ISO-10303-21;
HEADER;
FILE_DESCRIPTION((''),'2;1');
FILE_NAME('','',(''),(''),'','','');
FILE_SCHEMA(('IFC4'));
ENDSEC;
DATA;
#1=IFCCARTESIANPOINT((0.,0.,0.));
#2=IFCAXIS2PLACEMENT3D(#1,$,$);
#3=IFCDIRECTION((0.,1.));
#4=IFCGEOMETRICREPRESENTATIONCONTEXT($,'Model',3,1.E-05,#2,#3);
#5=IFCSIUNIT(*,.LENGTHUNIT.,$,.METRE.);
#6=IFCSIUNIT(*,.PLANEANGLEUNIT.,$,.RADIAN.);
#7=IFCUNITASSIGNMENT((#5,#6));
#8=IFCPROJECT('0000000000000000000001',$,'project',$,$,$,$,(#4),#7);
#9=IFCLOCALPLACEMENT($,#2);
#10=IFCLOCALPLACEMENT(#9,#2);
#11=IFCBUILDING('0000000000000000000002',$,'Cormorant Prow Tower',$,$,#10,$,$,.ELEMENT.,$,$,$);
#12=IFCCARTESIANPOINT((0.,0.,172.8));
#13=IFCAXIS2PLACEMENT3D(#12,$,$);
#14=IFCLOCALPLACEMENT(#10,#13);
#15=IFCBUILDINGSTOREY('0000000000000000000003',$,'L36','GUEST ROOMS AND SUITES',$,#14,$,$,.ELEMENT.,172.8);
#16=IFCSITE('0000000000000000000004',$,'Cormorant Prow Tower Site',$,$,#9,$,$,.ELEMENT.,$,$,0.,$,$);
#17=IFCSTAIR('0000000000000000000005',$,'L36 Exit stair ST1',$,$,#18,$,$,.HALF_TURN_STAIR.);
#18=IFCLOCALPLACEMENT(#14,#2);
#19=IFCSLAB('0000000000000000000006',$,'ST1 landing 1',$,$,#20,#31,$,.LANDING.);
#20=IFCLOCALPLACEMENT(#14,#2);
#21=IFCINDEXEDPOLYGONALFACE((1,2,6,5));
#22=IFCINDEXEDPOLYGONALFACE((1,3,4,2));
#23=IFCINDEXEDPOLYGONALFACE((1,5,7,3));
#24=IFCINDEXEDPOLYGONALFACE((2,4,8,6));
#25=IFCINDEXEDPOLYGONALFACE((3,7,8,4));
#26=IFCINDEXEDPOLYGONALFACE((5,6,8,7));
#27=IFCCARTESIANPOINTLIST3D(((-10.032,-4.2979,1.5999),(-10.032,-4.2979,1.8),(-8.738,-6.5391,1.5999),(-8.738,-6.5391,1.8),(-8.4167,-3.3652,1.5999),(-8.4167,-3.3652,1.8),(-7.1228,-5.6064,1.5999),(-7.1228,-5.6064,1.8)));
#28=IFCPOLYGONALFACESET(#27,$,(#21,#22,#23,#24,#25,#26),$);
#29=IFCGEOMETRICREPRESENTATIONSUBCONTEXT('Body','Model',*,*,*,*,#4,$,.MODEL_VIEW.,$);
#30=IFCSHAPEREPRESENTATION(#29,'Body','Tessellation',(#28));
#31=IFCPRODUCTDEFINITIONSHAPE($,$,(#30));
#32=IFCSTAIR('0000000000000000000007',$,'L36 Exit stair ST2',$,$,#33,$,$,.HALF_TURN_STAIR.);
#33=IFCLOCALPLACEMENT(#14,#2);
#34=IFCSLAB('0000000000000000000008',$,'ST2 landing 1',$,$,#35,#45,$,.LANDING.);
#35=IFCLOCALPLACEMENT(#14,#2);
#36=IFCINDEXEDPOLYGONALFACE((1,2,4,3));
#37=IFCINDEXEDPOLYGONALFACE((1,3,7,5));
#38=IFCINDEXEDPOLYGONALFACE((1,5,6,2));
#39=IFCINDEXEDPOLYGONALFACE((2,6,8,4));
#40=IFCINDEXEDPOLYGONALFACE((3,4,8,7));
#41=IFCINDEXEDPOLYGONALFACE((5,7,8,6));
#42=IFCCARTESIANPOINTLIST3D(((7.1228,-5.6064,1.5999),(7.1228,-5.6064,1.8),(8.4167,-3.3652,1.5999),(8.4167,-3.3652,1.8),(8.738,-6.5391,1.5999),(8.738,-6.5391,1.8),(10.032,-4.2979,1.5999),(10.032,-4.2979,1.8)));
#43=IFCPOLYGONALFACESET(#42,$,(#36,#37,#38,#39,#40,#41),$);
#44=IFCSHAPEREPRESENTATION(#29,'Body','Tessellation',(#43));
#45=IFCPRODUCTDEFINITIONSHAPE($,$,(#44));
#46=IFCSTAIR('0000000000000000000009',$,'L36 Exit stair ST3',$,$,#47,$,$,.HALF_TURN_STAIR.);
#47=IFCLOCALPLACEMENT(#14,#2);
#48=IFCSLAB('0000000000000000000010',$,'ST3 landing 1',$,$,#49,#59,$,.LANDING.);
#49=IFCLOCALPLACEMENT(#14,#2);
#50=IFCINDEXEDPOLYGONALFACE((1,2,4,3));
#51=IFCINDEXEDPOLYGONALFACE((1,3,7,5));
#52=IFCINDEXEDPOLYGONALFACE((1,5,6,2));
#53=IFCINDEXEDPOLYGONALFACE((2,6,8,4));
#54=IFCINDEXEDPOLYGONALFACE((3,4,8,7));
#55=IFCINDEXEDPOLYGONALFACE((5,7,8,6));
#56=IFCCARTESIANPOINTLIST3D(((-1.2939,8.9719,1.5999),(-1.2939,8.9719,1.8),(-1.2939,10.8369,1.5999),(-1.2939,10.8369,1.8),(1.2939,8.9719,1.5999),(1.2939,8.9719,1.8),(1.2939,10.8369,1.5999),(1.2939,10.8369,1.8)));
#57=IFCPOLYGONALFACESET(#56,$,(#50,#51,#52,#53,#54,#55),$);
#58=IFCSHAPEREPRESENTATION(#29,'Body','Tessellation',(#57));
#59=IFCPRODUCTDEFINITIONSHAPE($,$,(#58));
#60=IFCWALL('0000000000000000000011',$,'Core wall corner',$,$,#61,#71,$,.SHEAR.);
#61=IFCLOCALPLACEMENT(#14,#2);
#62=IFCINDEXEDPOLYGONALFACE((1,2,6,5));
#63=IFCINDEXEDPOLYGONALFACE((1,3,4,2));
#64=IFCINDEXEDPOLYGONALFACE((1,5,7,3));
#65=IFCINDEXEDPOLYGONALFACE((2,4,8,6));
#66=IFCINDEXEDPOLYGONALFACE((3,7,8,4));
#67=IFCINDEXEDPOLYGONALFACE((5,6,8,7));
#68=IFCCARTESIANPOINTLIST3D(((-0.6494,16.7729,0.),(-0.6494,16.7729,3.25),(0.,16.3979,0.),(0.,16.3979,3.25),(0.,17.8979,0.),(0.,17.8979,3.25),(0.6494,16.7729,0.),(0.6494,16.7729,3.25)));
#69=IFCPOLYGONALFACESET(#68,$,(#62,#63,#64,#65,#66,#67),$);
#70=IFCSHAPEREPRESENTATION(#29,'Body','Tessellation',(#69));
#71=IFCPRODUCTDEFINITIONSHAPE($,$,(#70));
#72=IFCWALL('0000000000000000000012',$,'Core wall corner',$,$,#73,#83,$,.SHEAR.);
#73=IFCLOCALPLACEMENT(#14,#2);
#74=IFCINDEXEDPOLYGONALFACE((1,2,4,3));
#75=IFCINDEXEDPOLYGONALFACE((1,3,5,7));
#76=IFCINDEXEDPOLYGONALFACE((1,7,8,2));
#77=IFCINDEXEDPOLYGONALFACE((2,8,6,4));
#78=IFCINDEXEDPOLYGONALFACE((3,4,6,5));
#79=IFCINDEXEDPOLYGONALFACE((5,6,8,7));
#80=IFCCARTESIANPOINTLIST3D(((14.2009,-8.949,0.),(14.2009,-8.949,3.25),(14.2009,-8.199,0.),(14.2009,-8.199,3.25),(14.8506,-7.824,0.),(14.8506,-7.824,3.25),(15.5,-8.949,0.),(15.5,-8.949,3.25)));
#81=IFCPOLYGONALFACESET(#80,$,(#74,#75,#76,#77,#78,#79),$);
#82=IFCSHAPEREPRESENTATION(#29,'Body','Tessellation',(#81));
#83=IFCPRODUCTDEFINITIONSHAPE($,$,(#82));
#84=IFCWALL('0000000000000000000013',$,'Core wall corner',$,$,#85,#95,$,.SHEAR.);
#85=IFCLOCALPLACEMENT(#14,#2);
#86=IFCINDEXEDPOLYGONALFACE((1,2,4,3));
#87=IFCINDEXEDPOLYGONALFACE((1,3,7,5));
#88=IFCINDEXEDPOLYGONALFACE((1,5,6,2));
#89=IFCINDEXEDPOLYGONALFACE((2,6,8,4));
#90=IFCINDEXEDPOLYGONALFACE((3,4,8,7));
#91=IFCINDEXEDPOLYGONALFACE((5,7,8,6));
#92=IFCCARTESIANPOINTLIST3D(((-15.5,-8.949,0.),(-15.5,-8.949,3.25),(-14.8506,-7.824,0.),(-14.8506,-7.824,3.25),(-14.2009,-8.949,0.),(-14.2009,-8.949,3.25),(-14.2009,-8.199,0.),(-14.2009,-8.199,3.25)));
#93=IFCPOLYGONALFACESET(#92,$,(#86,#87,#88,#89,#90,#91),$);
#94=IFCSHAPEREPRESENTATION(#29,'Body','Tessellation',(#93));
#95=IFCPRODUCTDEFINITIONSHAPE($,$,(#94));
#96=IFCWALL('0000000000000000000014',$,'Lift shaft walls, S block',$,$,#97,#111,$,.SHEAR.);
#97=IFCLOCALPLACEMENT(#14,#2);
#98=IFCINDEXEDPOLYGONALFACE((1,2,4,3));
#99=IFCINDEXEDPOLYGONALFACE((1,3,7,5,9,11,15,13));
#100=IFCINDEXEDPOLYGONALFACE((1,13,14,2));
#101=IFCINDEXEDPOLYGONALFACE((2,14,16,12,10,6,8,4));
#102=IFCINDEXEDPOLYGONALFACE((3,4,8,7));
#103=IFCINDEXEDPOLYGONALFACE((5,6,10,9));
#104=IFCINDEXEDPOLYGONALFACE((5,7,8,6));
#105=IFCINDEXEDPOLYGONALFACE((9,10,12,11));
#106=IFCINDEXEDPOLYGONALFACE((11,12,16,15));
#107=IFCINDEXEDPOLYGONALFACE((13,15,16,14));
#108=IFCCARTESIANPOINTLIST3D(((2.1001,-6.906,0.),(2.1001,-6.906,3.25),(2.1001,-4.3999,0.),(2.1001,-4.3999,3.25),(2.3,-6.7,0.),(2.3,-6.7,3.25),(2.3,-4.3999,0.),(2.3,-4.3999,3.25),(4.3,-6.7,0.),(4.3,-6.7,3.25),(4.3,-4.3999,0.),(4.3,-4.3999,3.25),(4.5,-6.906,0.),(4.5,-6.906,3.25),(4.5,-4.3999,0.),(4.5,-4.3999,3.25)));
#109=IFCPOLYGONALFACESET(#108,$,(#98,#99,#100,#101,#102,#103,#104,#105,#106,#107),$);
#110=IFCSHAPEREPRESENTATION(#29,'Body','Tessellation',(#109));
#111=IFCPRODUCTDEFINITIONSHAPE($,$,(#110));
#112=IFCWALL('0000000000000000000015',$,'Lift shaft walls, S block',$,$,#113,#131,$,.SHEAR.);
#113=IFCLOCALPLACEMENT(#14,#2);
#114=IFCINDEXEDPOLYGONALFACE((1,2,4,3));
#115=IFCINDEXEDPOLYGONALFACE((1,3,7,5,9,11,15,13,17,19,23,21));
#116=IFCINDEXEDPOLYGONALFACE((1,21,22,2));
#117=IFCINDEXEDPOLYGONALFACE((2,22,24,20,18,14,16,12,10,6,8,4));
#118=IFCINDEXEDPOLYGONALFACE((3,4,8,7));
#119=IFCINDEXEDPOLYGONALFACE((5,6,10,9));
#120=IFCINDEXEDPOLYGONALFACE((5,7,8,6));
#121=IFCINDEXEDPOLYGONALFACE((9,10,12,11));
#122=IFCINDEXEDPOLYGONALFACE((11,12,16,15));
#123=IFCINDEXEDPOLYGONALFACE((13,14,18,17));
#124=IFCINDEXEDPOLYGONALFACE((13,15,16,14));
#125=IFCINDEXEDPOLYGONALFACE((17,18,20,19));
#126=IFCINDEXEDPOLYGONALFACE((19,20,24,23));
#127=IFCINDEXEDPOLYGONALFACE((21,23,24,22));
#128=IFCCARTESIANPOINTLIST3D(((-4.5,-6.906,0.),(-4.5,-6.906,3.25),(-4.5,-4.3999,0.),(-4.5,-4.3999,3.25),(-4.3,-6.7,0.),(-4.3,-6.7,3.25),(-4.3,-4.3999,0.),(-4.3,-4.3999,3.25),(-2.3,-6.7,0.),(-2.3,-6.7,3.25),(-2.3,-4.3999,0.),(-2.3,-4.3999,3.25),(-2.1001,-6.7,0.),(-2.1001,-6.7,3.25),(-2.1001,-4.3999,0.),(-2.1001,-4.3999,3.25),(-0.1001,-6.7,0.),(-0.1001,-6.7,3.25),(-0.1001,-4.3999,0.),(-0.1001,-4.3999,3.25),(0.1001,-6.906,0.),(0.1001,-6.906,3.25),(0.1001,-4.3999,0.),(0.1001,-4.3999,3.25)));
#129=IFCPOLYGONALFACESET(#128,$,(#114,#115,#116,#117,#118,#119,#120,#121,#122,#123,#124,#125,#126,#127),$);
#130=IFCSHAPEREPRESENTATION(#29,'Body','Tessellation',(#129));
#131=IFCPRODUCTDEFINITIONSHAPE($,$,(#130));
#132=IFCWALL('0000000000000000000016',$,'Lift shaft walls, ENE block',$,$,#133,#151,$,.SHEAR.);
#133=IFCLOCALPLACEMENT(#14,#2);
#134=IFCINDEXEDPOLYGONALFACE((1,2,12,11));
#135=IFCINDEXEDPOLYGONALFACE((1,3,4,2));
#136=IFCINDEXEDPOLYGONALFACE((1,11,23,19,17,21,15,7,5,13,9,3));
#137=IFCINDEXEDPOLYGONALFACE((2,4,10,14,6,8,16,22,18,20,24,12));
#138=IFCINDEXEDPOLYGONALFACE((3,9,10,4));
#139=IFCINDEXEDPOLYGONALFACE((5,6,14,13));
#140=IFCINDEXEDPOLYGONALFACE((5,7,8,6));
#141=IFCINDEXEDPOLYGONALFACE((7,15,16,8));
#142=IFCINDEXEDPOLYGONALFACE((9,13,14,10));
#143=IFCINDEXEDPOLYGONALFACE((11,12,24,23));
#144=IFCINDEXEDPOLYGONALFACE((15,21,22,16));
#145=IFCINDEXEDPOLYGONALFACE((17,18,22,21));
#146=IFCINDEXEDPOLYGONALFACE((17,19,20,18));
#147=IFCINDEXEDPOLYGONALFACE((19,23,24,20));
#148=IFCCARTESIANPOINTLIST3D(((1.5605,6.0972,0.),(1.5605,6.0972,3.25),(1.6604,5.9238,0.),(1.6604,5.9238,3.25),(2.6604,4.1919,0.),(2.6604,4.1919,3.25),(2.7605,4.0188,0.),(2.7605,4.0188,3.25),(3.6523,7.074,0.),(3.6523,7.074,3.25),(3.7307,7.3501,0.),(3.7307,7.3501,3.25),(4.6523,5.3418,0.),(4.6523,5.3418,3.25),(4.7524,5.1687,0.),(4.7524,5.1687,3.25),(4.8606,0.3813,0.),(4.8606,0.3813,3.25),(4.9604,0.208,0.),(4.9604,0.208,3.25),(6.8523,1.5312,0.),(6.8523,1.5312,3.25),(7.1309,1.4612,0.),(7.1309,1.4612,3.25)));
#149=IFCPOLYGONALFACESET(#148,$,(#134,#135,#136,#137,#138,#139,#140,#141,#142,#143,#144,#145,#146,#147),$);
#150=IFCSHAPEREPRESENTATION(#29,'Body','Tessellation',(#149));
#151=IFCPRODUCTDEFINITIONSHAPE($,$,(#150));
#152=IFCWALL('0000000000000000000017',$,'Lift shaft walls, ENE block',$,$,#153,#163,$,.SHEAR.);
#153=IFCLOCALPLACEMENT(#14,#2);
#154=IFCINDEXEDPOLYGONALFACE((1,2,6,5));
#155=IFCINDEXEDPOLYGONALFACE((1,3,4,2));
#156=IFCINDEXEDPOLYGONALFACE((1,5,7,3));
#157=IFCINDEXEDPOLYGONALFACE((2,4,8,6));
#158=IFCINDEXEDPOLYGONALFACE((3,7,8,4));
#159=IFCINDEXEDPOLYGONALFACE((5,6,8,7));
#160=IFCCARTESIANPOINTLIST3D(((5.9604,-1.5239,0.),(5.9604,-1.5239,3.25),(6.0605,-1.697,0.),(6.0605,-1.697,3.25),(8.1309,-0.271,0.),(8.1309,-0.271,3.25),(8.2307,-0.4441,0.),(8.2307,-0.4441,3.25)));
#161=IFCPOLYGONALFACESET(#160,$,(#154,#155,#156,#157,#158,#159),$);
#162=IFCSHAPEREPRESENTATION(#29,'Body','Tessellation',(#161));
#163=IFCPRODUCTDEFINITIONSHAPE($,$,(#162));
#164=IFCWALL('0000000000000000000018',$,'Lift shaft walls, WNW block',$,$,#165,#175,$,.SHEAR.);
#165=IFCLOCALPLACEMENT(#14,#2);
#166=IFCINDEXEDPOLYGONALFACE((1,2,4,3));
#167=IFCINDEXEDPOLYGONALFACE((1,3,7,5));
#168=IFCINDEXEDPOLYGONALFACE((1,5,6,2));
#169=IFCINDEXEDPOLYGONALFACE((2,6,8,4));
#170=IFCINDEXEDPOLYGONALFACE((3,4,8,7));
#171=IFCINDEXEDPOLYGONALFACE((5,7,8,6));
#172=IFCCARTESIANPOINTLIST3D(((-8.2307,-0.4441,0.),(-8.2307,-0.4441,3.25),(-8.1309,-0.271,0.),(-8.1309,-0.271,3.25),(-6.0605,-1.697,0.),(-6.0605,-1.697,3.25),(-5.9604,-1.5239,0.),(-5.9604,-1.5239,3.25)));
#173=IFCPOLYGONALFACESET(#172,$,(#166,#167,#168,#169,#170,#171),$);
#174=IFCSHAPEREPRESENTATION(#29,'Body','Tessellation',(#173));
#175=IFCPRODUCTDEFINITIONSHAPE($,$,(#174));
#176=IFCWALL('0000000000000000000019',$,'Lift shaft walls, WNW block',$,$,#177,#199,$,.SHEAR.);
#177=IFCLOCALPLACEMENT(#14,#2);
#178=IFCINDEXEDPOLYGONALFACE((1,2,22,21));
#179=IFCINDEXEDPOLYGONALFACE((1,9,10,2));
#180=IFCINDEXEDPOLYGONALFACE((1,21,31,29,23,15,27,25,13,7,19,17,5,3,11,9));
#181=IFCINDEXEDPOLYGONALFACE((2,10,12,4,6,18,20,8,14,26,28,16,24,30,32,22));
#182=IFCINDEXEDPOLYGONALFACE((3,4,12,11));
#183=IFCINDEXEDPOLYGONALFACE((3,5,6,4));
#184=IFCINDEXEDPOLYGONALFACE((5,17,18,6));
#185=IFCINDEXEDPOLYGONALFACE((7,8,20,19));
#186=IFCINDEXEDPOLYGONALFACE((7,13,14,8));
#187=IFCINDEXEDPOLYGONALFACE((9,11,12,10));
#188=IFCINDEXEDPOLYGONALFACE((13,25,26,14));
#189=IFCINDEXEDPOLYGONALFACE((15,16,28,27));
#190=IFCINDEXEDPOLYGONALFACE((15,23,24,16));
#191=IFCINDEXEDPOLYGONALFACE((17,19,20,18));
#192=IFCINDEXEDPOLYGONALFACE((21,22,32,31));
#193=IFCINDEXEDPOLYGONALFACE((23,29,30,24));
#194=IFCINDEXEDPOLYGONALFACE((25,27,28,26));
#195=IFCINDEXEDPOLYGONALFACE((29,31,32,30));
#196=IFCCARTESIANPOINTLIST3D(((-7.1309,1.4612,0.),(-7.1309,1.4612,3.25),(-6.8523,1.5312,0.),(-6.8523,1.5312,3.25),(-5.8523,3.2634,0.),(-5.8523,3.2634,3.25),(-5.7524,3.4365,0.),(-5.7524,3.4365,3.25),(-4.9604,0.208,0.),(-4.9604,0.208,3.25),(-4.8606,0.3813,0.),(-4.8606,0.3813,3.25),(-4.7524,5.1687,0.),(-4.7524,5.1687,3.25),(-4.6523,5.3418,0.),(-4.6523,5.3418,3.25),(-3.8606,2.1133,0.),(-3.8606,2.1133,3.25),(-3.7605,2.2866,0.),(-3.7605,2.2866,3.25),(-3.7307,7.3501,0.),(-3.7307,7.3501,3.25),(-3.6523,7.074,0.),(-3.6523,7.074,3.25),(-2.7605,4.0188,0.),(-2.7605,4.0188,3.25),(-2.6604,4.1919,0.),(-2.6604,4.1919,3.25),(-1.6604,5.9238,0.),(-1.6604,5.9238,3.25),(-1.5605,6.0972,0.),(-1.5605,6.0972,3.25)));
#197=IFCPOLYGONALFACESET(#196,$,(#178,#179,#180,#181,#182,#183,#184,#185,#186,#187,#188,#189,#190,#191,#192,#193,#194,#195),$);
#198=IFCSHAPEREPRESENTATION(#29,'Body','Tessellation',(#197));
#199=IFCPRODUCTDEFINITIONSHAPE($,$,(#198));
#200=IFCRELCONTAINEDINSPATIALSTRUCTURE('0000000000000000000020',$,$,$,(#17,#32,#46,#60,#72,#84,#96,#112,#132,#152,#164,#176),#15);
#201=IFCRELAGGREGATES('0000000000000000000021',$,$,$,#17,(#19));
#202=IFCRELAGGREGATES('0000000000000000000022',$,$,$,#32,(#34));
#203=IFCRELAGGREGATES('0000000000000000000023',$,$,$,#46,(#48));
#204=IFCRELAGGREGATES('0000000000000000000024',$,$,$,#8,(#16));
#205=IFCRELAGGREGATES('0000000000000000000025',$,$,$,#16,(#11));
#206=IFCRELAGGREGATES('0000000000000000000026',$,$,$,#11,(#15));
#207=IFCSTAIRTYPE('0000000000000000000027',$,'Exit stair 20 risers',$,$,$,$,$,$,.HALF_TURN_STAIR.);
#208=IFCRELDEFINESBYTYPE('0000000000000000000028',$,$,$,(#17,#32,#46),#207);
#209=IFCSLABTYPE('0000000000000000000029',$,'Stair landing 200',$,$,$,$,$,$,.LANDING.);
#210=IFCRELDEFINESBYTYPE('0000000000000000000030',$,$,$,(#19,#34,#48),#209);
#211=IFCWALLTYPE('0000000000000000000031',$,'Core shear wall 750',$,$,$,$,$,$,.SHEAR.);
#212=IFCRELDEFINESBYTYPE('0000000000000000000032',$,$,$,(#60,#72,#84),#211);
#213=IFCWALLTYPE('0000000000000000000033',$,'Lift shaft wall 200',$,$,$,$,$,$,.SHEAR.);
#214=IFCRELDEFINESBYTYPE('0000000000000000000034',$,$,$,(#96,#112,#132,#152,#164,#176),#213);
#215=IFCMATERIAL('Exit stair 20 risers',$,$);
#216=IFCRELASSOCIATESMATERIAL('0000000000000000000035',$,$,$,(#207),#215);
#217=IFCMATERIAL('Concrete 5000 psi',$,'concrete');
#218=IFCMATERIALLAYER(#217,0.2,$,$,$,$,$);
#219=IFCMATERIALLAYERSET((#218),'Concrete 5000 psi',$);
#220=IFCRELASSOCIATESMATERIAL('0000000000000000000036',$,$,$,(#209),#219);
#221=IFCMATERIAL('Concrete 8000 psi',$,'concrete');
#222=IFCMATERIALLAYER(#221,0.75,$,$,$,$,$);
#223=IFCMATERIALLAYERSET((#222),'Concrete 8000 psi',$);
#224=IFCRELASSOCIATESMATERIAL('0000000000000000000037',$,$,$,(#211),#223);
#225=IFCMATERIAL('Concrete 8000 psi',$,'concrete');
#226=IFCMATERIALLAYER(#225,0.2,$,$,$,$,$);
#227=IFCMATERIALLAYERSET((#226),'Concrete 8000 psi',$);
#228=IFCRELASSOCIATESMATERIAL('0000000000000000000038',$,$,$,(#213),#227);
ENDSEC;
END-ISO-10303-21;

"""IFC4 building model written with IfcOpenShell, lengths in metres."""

from ifc_helpers import new_model, si_unit, direction, frame, origin, place, context, subcontext, project, spatial, polyline, outline, extrude, material, layer, layer_set, type_object, element, aggregate, save


model = new_model("IFC4")

# Units and contexts
model_context = context("Model", 3, precision=1e-05, world=origin(), true_north=direction((0.0, 1.0)))
body_context = subcontext(model_context, "Body", "Model", "MODEL_VIEW")
ifc_project = project(units=[si_unit("LENGTHUNIT", "METRE"), si_unit("PLANEANGLEUNIT", "RADIAN")], contexts=[model_context])

# Site, building, storey
site_placement = place(None, origin())
site = spatial("IfcSite", under=ifc_project, at=site_placement, Name="Cormorant Prow Tower Site", CompositionType="ELEMENT", RefElevation=0.0)
building_placement = place(site_placement, origin())
building = spatial("IfcBuilding", under=site, at=building_placement, Name="Cormorant Prow Tower", CompositionType="ELEMENT")
storey_placement = place(building_placement, frame((0.0, 0.0, 172.8)))
storey = spatial("IfcBuildingStorey", under=building, at=storey_placement, Name="L36", Description="GUEST ROOMS AND SUITES", CompositionType="ELEMENT", Elevation=172.8)

# Stairs, slabs
ifc_material_1 = material(Name="Exit stair 20 risers")
stair_type = type_object("IfcStairType", Name="Exit stair 20 risers", PredefinedType="HALF_TURN_STAIR", material=ifc_material_1)
stair_1_placement = place(storey_placement, origin())
stair_1 = element("IfcStair", 1, at=stair_1_placement, inside=storey, type_object=stair_type, Name="L36 Exit stair ST1", PredefinedType="HALF_TURN_STAIR")
ifc_material_2 = material(Name="Concrete 5000 psi", Category="concrete")
ifc_layer_1 = layer(ifc_material_2, 0.2)
ifc_layer_set_1 = layer_set([ifc_layer_1], Name="Concrete 5000 psi")
slab_type = type_object("IfcSlabType", Name="Stair landing 200", PredefinedType="LANDING", material=ifc_layer_set_1)
slab_1_placement = place(storey_placement, frame((0.0, 0.0, 1.5999)))
slab_1 = element("IfcSlab", 2, at=slab_1_placement, type_object=slab_type, Name="ST1 landing 1", PredefinedType="LANDING", context=body_context, shape_type="SweptSolid", body=[
    extrude(outline(polyline([(-8.4167, -3.3652), (-10.032, -4.2979), (-8.738, -6.5391), (-7.1228, -5.6064), (-8.4167, -3.3652)])), origin(), (0.0, 0.0, 1.0), 0.2002),
])
aggregate(stair_1, [slab_1])
stair_2_placement = place(storey_placement, origin())
stair_2 = element("IfcStair", 3, at=stair_2_placement, inside=storey, type_object=stair_type, Name="L36 Exit stair ST2", PredefinedType="HALF_TURN_STAIR")
slab_2_placement = place(storey_placement, frame((0.0, 0.0, 1.5999)))
slab_2 = element("IfcSlab", 4, at=slab_2_placement, type_object=slab_type, Name="ST2 landing 1", PredefinedType="LANDING", context=body_context, shape_type="SweptSolid", body=[
    extrude(outline(polyline([(7.1228, -5.6064), (8.738, -6.5391), (10.032, -4.2979), (8.4167, -3.3652), (7.1228, -5.6064)])), origin(), (0.0, 0.0, 1.0), 0.2002),
])
aggregate(stair_2, [slab_2])
stair_3_placement = place(storey_placement, origin())
stair_3 = element("IfcStair", 5, at=stair_3_placement, inside=storey, type_object=stair_type, Name="L36 Exit stair ST3", PredefinedType="HALF_TURN_STAIR")
slab_3_placement = place(storey_placement, frame((0.0, 0.0, 1.5999)))
slab_3 = element("IfcSlab", 6, at=slab_3_placement, type_object=slab_type, Name="ST3 landing 1", PredefinedType="LANDING", context=body_context, shape_type="SweptSolid", body=[
    extrude(outline(polyline([(1.2939, 8.9719), (1.2939, 10.8369), (-1.2939, 10.8369), (-1.2939, 8.9719), (1.2939, 8.9719)])), origin(), (0.0, 0.0, 1.0), 0.2002),
])

# Walls
ifc_material_3 = material(Name="Concrete 8000 psi", Category="concrete")
ifc_layer_2 = layer(ifc_material_3, 0.75)
ifc_layer_set_2 = layer_set([ifc_layer_2], Name="Concrete 8000 psi")
wall_type_1 = type_object("IfcWallType", Name="Core shear wall 750", PredefinedType="SHEAR", material=ifc_layer_set_2)
wall_1_placement = place(storey_placement, origin())
element("IfcWall", 7, at=wall_1_placement, inside=storey, type_object=wall_type_1, Name="Core wall corner", PredefinedType="SHEAR", context=body_context, shape_type="SweptSolid", body=[
    extrude(outline(polyline([(-0.6494, 16.7729), (0.0, 17.8979), (0.6494, 16.7729), (0.0, 16.3979), (-0.6494, 16.7729)])), origin(), (0.0, 0.0, 1.0), 3.25),
])
wall_2_placement = place(storey_placement, origin())
element("IfcWall", 8, at=wall_2_placement, inside=storey, type_object=wall_type_1, Name="Core wall corner", PredefinedType="SHEAR", context=body_context, shape_type="SweptSolid", body=[
    extrude(outline(polyline([(14.2009, -8.949), (14.2009, -8.199), (14.8506, -7.824), (15.5, -8.949), (14.2009, -8.949)])), origin(), (0.0, 0.0, 1.0), 3.25),
])
wall_3_placement = place(storey_placement, origin())
element("IfcWall", 9, at=wall_3_placement, inside=storey, type_object=wall_type_1, Name="Core wall corner", PredefinedType="SHEAR", context=body_context, shape_type="SweptSolid", body=[
    extrude(outline(polyline([(-14.8506, -7.824), (-14.2009, -8.199), (-14.2009, -8.949), (-15.5, -8.949), (-14.8506, -7.824)])), origin(), (0.0, 0.0, 1.0), 3.25),
])
ifc_material_4 = material(Name="Concrete 8000 psi", Category="concrete")
ifc_layer_3 = layer(ifc_material_4, 0.2)
ifc_layer_set_3 = layer_set([ifc_layer_3], Name="Concrete 8000 psi")
wall_type_2 = type_object("IfcWallType", Name="Lift shaft wall 200", PredefinedType="SHEAR", material=ifc_layer_set_3)
wall_4_placement = place(storey_placement, origin())
element("IfcWall", 10, at=wall_4_placement, inside=storey, type_object=wall_type_2, Name="Lift shaft walls, S block", PredefinedType="SHEAR", context=body_context, shape_type="SweptSolid", body=[
    extrude(outline(polyline([(4.5, -4.3999), (4.5, -6.906), (2.1001, -6.906), (2.1001, -4.3999), (2.3, -4.3999), (2.3, -6.7), (4.3, -6.7), (4.3, -4.3999), (4.5, -4.3999)])), origin(), (0.0, 0.0, 1.0), 3.25),
])
wall_5_placement = place(storey_placement, origin())
element("IfcWall", 11, at=wall_5_placement, inside=storey, type_object=wall_type_2, Name="Lift shaft walls, S block", PredefinedType="SHEAR", context=body_context, shape_type="SweptSolid", body=[
    extrude(outline(polyline([(0.1001, -4.3999), (0.1001, -6.906), (-4.5, -6.906), (-4.5, -4.3999), (-4.3, -4.3999), (-4.3, -6.7), (-2.3, -6.7), (-2.3, -4.3999), (-2.1001, -4.3999), (-2.1001, -6.7), (-0.1001, -6.7), (-0.1001, -4.3999), (0.1001, -4.3999)])), origin(), (0.0, 0.0, 1.0), 3.25),
])
wall_6_placement = place(storey_placement, origin())
element("IfcWall", 12, at=wall_6_placement, inside=storey, type_object=wall_type_2, Name="Lift shaft walls, ENE block", PredefinedType="SHEAR", context=body_context, shape_type="SweptSolid", body=[
    extrude(outline(polyline([(1.5605, 6.0972), (3.7307, 7.3501), (7.1309, 1.4612), (4.9604, 0.208), (4.8606, 0.3813), (6.8523, 1.5312), (4.7524, 5.1687), (2.7605, 4.0188), (2.6604, 4.1919), (4.6523, 5.3418), (3.6523, 7.074), (1.6604, 5.9238), (1.5605, 6.0972)])), origin(), (0.0, 0.0, 1.0), 3.25),
])
wall_7_placement = place(storey_placement, origin())
element("IfcWall", 13, at=wall_7_placement, inside=storey, type_object=wall_type_2, Name="Lift shaft walls, ENE block", PredefinedType="SHEAR", context=body_context, shape_type="SweptSolid", body=[
    extrude(outline(polyline([(8.2307, -0.4441), (6.0605, -1.697), (5.9604, -1.5239), (8.1309, -0.271), (8.2307, -0.4441)])), origin(), (0.0, 0.0, 1.0), 3.25),
])
wall_8_placement = place(storey_placement, origin())
element("IfcWall", 14, at=wall_8_placement, inside=storey, type_object=wall_type_2, Name="Lift shaft walls, WNW block", PredefinedType="SHEAR", context=body_context, shape_type="SweptSolid", body=[
    extrude(outline(polyline([(-6.0605, -1.697), (-8.2307, -0.4441), (-8.1309, -0.271), (-5.9604, -1.5239), (-6.0605, -1.697)])), origin(), (0.0, 0.0, 1.0), 3.25),
])
wall_9_placement = place(storey_placement, origin())
element("IfcWall", 15, at=wall_9_placement, inside=storey, type_object=wall_type_2, Name="Lift shaft walls, WNW block", PredefinedType="SHEAR", context=body_context, shape_type="SweptSolid", body=[
    extrude(outline(polyline([(-4.9604, 0.208), (-7.1309, 1.4612), (-3.7307, 7.3501), (-1.5605, 6.0972), (-1.6604, 5.9238), (-3.6523, 7.074), (-4.6523, 5.3418), (-2.6604, 4.1919), (-2.7605, 4.0188), (-4.7524, 5.1687), (-5.7524, 3.4365), (-3.7605, 2.2866), (-3.8606, 2.1133), (-5.8523, 3.2634), (-6.8523, 1.5312), (-4.8606, 0.3813), (-4.9604, 0.208)])), origin(), (0.0, 0.0, 1.0), 3.25),
])

aggregate(stair_3, [slab_3])

save(model, "model.ifc")
